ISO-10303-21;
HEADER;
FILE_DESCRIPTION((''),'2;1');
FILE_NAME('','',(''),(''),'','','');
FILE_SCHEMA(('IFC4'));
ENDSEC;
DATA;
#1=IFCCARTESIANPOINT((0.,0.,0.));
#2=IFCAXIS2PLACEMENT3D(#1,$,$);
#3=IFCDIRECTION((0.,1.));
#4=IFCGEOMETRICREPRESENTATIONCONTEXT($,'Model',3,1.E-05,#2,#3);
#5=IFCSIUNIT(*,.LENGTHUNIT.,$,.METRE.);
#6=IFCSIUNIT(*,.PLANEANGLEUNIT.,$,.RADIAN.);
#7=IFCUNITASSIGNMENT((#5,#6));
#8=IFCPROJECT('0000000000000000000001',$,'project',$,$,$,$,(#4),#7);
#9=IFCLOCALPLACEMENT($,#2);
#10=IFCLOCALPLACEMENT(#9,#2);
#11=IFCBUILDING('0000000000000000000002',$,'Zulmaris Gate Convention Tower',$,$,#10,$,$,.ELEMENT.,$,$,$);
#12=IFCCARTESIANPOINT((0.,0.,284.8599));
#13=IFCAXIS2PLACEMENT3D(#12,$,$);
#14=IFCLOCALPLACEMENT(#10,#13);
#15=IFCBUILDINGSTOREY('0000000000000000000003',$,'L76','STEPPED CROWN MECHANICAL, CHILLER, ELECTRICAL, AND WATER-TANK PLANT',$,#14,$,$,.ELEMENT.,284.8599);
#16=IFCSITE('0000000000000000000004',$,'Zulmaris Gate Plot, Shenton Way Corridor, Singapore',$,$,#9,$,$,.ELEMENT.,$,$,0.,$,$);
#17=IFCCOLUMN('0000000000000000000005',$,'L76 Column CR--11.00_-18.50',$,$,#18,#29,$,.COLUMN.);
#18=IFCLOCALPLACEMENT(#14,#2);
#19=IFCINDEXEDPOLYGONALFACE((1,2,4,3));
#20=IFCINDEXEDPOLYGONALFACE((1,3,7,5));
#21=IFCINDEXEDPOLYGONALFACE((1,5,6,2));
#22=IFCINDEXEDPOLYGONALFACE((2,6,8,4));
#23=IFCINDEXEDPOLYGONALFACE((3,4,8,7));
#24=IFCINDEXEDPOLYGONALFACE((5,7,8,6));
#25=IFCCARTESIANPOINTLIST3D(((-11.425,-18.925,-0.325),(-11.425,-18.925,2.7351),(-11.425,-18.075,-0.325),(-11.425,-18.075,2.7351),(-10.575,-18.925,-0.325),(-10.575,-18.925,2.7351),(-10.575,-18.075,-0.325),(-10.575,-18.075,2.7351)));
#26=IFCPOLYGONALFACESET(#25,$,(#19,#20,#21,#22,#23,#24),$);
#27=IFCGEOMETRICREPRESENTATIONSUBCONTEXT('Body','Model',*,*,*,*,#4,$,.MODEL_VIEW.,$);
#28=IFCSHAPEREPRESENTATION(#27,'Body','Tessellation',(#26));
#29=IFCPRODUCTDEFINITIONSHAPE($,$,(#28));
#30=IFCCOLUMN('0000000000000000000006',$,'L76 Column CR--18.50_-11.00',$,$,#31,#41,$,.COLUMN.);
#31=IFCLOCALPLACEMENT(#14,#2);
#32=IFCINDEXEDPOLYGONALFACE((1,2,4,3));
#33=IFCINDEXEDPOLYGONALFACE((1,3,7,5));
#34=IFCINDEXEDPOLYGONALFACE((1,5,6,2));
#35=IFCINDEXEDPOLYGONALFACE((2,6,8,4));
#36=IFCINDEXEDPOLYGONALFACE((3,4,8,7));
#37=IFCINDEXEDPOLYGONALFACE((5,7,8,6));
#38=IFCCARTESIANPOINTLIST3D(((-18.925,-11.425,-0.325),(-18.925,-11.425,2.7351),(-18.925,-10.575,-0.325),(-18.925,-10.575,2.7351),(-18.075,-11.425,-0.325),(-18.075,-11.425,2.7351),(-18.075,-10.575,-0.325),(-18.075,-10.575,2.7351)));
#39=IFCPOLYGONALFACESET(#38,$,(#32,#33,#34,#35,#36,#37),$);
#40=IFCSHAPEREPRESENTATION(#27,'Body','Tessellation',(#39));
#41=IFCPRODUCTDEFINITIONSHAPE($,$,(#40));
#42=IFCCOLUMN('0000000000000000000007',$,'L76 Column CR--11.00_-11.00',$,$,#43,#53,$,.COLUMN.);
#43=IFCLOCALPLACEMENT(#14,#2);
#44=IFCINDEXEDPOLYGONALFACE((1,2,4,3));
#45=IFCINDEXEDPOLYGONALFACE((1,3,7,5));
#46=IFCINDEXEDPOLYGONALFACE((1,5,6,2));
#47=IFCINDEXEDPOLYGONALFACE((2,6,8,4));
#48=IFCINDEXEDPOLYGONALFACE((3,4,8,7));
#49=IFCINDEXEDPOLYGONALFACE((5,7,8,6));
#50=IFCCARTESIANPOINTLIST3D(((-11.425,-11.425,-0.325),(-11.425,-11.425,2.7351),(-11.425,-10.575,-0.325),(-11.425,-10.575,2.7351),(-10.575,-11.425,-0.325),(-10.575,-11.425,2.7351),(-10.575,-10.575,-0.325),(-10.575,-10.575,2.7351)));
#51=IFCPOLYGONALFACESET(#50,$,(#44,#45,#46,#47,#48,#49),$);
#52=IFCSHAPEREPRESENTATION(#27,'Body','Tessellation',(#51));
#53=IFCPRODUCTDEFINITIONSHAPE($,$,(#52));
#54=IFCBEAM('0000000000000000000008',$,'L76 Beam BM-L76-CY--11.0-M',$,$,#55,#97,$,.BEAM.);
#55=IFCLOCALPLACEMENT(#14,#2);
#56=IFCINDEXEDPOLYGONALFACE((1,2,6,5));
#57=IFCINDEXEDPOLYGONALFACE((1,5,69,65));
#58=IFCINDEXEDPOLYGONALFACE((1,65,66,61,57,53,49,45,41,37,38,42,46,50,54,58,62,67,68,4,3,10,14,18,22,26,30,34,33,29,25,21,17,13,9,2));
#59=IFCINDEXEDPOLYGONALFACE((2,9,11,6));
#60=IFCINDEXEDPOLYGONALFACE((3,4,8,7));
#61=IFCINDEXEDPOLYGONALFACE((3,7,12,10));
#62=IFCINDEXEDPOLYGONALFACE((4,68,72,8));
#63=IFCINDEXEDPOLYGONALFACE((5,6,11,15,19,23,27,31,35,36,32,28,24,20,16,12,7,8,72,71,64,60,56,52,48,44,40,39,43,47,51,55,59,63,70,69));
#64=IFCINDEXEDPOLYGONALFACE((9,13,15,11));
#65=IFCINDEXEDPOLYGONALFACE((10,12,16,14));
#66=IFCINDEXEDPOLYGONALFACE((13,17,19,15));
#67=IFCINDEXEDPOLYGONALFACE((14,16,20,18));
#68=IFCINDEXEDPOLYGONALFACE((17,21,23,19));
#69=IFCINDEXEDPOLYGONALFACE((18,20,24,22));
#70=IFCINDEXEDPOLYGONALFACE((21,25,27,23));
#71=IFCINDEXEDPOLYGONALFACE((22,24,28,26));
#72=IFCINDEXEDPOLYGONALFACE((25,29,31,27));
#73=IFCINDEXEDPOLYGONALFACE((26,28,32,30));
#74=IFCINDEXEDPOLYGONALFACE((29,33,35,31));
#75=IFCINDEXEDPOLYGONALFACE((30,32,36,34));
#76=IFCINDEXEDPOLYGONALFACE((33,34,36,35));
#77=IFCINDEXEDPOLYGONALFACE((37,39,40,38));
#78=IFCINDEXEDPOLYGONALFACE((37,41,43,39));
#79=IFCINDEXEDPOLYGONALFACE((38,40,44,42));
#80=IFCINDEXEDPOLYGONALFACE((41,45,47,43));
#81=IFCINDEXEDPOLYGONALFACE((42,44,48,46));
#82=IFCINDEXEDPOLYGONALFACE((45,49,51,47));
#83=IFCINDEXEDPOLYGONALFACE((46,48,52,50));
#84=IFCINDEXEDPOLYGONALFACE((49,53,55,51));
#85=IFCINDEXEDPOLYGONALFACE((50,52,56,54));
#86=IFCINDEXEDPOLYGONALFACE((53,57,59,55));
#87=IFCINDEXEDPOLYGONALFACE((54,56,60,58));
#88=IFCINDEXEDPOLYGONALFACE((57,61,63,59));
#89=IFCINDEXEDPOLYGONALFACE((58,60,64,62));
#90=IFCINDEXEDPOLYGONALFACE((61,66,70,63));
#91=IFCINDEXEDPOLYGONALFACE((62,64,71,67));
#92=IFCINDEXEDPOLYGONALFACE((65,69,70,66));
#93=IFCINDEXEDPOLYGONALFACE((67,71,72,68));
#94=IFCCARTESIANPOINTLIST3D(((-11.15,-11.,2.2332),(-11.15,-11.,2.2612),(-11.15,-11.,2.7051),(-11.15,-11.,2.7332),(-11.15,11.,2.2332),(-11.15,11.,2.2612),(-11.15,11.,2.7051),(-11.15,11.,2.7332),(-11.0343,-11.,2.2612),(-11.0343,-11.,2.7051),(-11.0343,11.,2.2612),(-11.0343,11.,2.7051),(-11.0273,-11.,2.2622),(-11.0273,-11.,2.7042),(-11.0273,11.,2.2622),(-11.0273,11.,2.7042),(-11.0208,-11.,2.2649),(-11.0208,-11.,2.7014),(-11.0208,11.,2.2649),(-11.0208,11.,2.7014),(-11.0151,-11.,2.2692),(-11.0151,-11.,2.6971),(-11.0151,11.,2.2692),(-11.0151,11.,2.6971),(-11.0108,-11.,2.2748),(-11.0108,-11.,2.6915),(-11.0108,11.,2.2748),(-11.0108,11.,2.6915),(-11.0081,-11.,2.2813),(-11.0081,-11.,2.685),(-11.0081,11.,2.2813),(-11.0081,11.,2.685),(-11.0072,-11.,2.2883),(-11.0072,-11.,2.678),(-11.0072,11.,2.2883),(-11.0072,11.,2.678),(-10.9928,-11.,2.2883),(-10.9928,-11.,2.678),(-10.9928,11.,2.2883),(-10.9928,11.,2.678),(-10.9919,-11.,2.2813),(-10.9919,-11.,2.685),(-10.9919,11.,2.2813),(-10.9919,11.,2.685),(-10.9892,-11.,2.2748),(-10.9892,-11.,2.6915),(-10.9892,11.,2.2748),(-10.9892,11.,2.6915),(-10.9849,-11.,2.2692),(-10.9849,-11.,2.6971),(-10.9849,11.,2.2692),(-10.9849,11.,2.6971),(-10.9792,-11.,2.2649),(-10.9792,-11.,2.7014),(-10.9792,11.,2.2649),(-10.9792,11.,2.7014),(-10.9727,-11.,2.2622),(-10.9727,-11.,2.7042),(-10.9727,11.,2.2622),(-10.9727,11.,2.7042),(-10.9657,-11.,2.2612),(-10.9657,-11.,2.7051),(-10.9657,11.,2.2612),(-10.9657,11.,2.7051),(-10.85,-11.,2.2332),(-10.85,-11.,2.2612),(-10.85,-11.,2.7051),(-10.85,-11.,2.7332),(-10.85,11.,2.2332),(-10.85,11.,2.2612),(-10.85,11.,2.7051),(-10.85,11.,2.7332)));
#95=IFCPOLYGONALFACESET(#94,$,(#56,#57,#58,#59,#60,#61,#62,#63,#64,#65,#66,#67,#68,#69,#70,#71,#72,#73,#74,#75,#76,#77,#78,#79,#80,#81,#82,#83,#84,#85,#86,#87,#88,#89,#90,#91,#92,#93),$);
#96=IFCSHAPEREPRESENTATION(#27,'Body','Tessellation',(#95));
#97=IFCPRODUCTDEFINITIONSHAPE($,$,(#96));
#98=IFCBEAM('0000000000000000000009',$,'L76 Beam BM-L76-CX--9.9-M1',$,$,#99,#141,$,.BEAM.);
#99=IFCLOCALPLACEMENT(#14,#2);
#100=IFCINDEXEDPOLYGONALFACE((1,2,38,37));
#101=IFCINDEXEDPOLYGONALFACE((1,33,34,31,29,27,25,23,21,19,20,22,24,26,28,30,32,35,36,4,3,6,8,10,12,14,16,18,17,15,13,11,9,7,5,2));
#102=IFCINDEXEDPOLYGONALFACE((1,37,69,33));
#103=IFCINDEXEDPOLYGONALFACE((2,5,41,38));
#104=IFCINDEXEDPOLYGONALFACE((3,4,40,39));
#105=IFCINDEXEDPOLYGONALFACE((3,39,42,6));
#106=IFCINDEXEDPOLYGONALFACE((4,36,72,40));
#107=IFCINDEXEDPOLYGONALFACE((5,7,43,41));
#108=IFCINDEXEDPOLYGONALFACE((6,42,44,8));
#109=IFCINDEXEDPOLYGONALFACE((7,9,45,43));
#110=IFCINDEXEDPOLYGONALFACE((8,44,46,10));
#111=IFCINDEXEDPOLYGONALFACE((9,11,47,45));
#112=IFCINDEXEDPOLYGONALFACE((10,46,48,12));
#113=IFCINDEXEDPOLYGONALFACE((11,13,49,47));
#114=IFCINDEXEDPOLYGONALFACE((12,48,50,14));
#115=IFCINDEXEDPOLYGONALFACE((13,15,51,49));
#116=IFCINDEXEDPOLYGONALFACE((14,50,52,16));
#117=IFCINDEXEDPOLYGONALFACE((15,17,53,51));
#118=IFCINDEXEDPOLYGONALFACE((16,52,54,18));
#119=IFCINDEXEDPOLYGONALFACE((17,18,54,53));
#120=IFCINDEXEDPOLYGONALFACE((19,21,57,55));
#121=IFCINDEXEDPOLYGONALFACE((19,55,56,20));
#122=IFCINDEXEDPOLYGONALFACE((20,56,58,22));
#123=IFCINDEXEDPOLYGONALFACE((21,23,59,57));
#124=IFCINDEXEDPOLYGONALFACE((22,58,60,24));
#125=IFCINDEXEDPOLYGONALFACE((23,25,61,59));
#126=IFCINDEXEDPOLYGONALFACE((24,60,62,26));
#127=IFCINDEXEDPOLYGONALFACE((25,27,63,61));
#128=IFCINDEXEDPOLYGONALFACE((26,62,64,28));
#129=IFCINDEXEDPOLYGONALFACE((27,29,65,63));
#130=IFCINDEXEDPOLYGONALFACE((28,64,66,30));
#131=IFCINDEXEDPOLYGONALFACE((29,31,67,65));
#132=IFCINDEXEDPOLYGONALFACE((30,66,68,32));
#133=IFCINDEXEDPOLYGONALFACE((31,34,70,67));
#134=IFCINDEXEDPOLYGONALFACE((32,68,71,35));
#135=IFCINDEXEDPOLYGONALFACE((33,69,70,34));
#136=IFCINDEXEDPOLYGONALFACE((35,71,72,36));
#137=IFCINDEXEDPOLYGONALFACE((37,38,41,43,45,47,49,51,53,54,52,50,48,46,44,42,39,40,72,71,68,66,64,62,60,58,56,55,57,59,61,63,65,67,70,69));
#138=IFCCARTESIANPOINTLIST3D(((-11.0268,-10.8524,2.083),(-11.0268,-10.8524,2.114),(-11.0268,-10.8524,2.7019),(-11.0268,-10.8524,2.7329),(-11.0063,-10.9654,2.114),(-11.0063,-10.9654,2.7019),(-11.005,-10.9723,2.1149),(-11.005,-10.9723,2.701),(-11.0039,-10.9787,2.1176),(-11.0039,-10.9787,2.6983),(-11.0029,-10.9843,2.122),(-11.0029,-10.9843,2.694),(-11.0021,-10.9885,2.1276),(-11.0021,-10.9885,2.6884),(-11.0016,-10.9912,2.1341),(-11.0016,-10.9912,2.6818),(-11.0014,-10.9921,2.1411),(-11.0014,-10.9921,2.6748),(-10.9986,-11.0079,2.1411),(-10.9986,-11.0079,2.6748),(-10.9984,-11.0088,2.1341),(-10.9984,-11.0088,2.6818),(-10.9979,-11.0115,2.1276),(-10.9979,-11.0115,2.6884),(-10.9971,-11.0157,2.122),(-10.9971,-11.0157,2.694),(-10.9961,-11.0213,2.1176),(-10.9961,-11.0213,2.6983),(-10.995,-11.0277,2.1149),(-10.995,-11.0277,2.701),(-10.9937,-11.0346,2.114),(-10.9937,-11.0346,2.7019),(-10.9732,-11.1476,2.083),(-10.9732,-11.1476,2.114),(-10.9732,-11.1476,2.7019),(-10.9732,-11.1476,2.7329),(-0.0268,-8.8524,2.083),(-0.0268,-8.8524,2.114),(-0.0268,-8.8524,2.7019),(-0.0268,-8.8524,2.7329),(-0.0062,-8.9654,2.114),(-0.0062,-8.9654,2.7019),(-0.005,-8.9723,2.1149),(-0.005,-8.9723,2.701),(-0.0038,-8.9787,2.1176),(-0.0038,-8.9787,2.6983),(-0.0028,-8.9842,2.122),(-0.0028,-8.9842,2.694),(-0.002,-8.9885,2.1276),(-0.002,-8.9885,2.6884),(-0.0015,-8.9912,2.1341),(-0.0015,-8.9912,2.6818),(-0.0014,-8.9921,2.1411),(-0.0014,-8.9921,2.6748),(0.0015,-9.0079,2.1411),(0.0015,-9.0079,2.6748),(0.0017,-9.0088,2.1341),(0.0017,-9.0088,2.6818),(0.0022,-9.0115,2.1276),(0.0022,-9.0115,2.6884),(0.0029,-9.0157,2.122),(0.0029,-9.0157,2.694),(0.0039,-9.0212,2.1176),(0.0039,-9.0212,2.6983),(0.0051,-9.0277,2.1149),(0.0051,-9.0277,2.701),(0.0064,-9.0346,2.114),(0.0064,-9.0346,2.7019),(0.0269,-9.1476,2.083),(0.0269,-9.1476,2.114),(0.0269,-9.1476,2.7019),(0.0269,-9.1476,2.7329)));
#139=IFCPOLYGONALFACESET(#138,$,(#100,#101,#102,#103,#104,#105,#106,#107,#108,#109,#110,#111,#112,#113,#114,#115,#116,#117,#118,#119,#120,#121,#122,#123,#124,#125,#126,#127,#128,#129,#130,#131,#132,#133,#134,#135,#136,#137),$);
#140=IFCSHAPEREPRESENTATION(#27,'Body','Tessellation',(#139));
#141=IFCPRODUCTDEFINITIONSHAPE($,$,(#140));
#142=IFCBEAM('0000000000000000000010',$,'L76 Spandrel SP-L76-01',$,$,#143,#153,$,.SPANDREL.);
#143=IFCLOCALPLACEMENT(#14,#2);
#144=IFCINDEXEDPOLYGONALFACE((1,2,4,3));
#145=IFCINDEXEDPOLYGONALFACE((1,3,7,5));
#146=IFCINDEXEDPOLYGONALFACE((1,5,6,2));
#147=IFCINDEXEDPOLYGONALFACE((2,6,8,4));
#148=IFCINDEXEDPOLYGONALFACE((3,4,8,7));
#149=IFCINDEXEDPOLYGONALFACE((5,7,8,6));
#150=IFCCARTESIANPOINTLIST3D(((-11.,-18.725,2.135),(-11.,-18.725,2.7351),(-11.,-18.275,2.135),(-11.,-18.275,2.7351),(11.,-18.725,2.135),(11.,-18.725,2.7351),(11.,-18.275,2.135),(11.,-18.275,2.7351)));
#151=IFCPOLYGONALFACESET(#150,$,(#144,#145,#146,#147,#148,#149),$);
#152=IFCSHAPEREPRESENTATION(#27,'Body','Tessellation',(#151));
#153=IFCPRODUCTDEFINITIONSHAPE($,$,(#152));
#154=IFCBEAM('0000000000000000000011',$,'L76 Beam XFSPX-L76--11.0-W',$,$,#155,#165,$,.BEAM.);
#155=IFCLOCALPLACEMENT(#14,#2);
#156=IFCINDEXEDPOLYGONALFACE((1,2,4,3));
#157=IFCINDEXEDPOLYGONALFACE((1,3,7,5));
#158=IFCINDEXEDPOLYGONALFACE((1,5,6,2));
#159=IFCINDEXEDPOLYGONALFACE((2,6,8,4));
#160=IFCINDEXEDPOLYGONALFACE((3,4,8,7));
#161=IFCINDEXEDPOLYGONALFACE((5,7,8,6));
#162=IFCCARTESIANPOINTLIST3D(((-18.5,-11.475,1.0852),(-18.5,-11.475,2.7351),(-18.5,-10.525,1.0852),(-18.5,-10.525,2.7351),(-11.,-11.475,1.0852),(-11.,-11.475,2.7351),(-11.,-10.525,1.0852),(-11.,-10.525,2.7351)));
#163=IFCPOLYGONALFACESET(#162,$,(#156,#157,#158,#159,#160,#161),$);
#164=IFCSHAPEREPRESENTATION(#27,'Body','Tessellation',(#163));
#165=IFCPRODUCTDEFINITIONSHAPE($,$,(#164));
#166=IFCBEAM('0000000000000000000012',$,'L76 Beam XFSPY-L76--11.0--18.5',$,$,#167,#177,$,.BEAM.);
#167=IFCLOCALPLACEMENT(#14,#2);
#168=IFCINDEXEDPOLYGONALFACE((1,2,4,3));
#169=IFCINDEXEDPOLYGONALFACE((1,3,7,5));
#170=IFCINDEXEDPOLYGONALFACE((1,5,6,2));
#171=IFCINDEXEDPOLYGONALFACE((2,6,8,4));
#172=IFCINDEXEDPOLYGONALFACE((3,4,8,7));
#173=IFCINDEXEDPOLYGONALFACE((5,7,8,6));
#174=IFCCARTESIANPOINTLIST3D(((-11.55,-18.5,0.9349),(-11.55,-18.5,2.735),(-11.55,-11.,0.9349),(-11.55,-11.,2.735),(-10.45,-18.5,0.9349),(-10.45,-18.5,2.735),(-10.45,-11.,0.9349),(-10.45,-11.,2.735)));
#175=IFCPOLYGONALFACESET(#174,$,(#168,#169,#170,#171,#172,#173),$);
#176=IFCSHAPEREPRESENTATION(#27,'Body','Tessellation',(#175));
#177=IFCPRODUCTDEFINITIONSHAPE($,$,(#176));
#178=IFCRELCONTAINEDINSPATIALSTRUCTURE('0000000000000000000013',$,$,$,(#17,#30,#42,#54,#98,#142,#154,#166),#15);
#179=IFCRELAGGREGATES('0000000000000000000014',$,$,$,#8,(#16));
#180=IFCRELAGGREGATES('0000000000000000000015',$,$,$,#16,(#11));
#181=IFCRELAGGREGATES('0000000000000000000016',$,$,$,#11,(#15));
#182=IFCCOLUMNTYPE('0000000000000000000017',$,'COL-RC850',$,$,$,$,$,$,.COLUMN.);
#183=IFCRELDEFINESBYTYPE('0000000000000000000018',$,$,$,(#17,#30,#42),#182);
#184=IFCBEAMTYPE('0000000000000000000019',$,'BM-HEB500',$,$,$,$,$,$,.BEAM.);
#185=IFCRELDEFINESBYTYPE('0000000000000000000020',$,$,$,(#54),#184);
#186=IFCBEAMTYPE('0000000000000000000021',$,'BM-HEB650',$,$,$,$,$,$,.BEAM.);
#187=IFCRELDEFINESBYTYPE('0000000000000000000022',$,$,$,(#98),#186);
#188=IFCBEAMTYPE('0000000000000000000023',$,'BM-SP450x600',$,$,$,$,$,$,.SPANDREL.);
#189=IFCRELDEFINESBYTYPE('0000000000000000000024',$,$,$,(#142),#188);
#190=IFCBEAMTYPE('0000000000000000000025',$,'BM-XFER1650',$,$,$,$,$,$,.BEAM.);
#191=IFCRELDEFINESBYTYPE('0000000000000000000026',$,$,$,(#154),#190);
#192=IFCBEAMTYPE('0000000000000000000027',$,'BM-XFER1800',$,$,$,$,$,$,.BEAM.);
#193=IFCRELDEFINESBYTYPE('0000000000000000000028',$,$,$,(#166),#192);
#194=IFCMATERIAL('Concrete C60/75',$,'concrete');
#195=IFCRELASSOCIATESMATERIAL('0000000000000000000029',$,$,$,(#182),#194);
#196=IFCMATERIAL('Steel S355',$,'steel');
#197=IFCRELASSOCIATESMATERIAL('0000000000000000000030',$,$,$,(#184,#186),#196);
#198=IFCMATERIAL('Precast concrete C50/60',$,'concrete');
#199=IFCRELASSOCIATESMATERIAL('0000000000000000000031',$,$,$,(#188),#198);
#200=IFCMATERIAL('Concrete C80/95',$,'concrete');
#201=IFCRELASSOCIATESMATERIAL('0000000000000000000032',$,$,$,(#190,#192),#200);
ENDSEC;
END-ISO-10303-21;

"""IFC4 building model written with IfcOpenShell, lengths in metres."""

from ifc_helpers import new_model, si_unit, direction, frame, origin, origin_2d, place, context, subcontext, project, spatial, rectangle, i_section, extrude, material, material_profile, profile_set, type_object, element, save


model = new_model("IFC4")

# Units and contexts
model_context = context("Model", 3, precision=1e-05, world=origin(), true_north=direction((0.0, 1.0)))
body_context = subcontext(model_context, "Body", "Model", "MODEL_VIEW")
ifc_project = project(units=[si_unit("LENGTHUNIT", "METRE"), si_unit("PLANEANGLEUNIT", "RADIAN")], contexts=[model_context])

# Site, building, storey
site_placement = place(None, origin())
site = spatial("IfcSite", under=ifc_project, at=site_placement, Name="Zulmaris Gate Plot, Shenton Way Corridor, Singapore", CompositionType="ELEMENT", RefElevation=0.0)
building_placement = place(site_placement, origin())
building = spatial("IfcBuilding", under=site, at=building_placement, Name="Zulmaris Gate Convention Tower", CompositionType="ELEMENT")
storey_placement = place(building_placement, frame((0.0, 0.0, 284.8599)))
storey = spatial("IfcBuildingStorey", under=building, at=storey_placement, Name="L76", Description="STEPPED CROWN MECHANICAL, CHILLER, ELECTRICAL, AND WATER-TANK PLANT", CompositionType="ELEMENT", Elevation=284.8599)

# Columns
ifc_material_1 = material(Name="Concrete C60/75", Category="concrete")
ifc_material_profile_1 = material_profile(ifc_material_1, rectangle(XDim=0.8501, YDim=0.8501, at=origin_2d()), Name="RC COL 850x850")
ifc_profile_set_1 = profile_set([ifc_material_profile_1], Name="Concrete C60/75")
column_type = type_object("IfcColumnType", Name="COL-RC850", PredefinedType="COLUMN", material=ifc_profile_set_1)
for number, where, z_axis, x_axis, name in (
    (1, (-11.0, -18.5, -0.325), (0.0, 0.0, 1.0), (1.0, 0.0, 0.0), "L76 Column CR--11.00_-18.50"),
    (2, (-18.5, -11.0, -0.325), (0.0, 0.0, 1.0), (1.0, 0.0, 0.0), "L76 Column CR--18.50_-11.00"),
    (3, (-11.0, -11.0, -0.325), (0.0, 0.0, 1.0), (1.0, 0.0, 0.0), "L76 Column CR--11.00_-11.00"),
):
    element("IfcColumn", number, at=place(storey_placement, frame(where, z_axis=z_axis, x_axis=x_axis)), inside=storey, type_object=column_type, Name=name, PredefinedType="COLUMN", context=body_context, shape_type="SweptSolid", body=[
        extrude(rectangle(XDim=0.8501, YDim=0.8501, at=origin_2d()), origin(), (0.0, 0.0, 1.0), 3.0601),
    ])

# Beams
ifc_material_2 = material(Name="Steel S355", Category="steel")
ifc_material_profile_2 = material_profile(ifc_material_2, i_section(OverallWidth=0.3, OverallDepth=0.5, WebThickness=0.0144, FlangeThickness=0.0281, FilletRadius=0.0271, at=origin_2d()), Name="HEB 500")
ifc_profile_set_2 = profile_set([ifc_material_profile_2], Name="Steel S355")
beam_type_1 = type_object("IfcBeamType", Name="BM-HEB500", PredefinedType="BEAM", material=ifc_profile_set_2)
beam_1_placement = place(storey_placement, frame((-11.0, -11.0, 2.4832), z_axis=(0.0, 1.0, 0.0), x_axis=(-1.0, 0.0, 0.0)))
element("IfcBeam", 4, at=beam_1_placement, inside=storey, type_object=beam_type_1, Name="L76 Beam BM-L76-CY--11.0-M", PredefinedType="BEAM", context=body_context, shape_type="SweptSolid", body=[
    extrude(i_section(OverallWidth=0.3, OverallDepth=0.5, WebThickness=0.0144, FlangeThickness=0.0281, FilletRadius=0.0271, at=origin_2d()), origin(), (0.0, 0.0, 1.0), 22.0),
])
ifc_material_profile_3 = material_profile(ifc_material_2, i_section(OverallWidth=0.3, OverallDepth=0.6499, WebThickness=0.0161, FlangeThickness=0.031, FilletRadius=0.0271, at=origin_2d()), Name="HEB 650")
ifc_profile_set_3 = profile_set([ifc_material_profile_3], Name="Steel S355")
beam_type_2 = type_object("IfcBeamType", Name="BM-HEB650", PredefinedType="BEAM", material=ifc_profile_set_3)
beam_2_placement = place(storey_placement, frame((-11.0, -11.0, 2.408), z_axis=(0.98387, 0.178885, 0.0), x_axis=(-0.178885, 0.98387, 0.0)))
element("IfcBeam", 5, at=beam_2_placement, inside=storey, type_object=beam_type_2, Name="L76 Beam BM-L76-CX--9.9-M1", PredefinedType="BEAM", context=body_context, shape_type="SweptSolid", body=[
    extrude(i_section(OverallWidth=0.3, OverallDepth=0.6499, WebThickness=0.0161, FlangeThickness=0.031, FilletRadius=0.0271, at=origin_2d()), origin(), (0.0, 0.0, 1.0), 11.1804),
])
ifc_material_3 = material(Name="Precast concrete C50/60", Category="concrete")
ifc_material_profile_4 = material_profile(ifc_material_3, rectangle(XDim=0.45, YDim=0.6001, at=origin_2d()), Name="RC SPANDREL 450x600")
ifc_profile_set_4 = profile_set([ifc_material_profile_4], Name="Precast concrete C50/60")
beam_type_3 = type_object("IfcBeamType", Name="BM-SP450x600", PredefinedType="SPANDREL", material=ifc_profile_set_4)
beam_3_placement = place(storey_placement, frame((-11.0, -18.5, 2.4351), z_axis=(1.0, 0.0, 0.0), x_axis=(0.0, 1.0, 0.0)))
element("IfcBeam", 6, at=beam_3_placement, inside=storey, type_object=beam_type_3, Name="L76 Spandrel SP-L76-01", PredefinedType="SPANDREL", context=body_context, shape_type="SweptSolid", body=[
    extrude(rectangle(XDim=0.45, YDim=0.6001, at=origin_2d()), origin(), (0.0, 0.0, 1.0), 22.0),
])
ifc_material_4 = material(Name="Concrete C80/95", Category="concrete")
ifc_material_profile_5 = material_profile(ifc_material_4, rectangle(XDim=0.95, YDim=1.6499, at=origin_2d()), Name="RC TRANSFER 950x1650")
ifc_profile_set_5 = profile_set([ifc_material_profile_5], Name="Concrete C80/95")
beam_type_4 = type_object("IfcBeamType", Name="BM-XFER1650", PredefinedType="BEAM", material=ifc_profile_set_5)
beam_4_placement = place(storey_placement, frame((-18.5, -11.0, 1.9102), z_axis=(1.0, 0.0, 0.0), x_axis=(0.0, 1.0, 0.0)))
element("IfcBeam", 7, at=beam_4_placement, inside=storey, type_object=beam_type_4, Name="L76 Beam XFSPX-L76--11.0-W", PredefinedType="BEAM", context=body_context, shape_type="SweptSolid", body=[
    extrude(rectangle(XDim=0.95, YDim=1.6499, at=origin_2d()), origin(), (0.0, 0.0, 1.0), 7.5),
])
ifc_material_profile_6 = material_profile(ifc_material_4, rectangle(XDim=1.1001, YDim=1.8, at=origin_2d()), Name="RC TRANSFER 1100x1800")
ifc_profile_set_6 = profile_set([ifc_material_profile_6], Name="Concrete C80/95")
beam_type_5 = type_object("IfcBeamType", Name="BM-XFER1800", PredefinedType="BEAM", material=ifc_profile_set_6)
beam_5_placement = place(storey_placement, frame((-11.0, -18.5, 1.835), z_axis=(0.0, 1.0, 0.0), x_axis=(-1.0, 0.0, 0.0)))
element("IfcBeam", 8, at=beam_5_placement, inside=storey, type_object=beam_type_5, Name="L76 Beam XFSPY-L76--11.0--18.5", PredefinedType="BEAM", context=body_context, shape_type="SweptSolid", body=[
    extrude(rectangle(XDim=1.1001, YDim=1.8, at=origin_2d()), origin(), (0.0, 0.0, 1.0), 7.5),
])

save(model, "model.ifc")
